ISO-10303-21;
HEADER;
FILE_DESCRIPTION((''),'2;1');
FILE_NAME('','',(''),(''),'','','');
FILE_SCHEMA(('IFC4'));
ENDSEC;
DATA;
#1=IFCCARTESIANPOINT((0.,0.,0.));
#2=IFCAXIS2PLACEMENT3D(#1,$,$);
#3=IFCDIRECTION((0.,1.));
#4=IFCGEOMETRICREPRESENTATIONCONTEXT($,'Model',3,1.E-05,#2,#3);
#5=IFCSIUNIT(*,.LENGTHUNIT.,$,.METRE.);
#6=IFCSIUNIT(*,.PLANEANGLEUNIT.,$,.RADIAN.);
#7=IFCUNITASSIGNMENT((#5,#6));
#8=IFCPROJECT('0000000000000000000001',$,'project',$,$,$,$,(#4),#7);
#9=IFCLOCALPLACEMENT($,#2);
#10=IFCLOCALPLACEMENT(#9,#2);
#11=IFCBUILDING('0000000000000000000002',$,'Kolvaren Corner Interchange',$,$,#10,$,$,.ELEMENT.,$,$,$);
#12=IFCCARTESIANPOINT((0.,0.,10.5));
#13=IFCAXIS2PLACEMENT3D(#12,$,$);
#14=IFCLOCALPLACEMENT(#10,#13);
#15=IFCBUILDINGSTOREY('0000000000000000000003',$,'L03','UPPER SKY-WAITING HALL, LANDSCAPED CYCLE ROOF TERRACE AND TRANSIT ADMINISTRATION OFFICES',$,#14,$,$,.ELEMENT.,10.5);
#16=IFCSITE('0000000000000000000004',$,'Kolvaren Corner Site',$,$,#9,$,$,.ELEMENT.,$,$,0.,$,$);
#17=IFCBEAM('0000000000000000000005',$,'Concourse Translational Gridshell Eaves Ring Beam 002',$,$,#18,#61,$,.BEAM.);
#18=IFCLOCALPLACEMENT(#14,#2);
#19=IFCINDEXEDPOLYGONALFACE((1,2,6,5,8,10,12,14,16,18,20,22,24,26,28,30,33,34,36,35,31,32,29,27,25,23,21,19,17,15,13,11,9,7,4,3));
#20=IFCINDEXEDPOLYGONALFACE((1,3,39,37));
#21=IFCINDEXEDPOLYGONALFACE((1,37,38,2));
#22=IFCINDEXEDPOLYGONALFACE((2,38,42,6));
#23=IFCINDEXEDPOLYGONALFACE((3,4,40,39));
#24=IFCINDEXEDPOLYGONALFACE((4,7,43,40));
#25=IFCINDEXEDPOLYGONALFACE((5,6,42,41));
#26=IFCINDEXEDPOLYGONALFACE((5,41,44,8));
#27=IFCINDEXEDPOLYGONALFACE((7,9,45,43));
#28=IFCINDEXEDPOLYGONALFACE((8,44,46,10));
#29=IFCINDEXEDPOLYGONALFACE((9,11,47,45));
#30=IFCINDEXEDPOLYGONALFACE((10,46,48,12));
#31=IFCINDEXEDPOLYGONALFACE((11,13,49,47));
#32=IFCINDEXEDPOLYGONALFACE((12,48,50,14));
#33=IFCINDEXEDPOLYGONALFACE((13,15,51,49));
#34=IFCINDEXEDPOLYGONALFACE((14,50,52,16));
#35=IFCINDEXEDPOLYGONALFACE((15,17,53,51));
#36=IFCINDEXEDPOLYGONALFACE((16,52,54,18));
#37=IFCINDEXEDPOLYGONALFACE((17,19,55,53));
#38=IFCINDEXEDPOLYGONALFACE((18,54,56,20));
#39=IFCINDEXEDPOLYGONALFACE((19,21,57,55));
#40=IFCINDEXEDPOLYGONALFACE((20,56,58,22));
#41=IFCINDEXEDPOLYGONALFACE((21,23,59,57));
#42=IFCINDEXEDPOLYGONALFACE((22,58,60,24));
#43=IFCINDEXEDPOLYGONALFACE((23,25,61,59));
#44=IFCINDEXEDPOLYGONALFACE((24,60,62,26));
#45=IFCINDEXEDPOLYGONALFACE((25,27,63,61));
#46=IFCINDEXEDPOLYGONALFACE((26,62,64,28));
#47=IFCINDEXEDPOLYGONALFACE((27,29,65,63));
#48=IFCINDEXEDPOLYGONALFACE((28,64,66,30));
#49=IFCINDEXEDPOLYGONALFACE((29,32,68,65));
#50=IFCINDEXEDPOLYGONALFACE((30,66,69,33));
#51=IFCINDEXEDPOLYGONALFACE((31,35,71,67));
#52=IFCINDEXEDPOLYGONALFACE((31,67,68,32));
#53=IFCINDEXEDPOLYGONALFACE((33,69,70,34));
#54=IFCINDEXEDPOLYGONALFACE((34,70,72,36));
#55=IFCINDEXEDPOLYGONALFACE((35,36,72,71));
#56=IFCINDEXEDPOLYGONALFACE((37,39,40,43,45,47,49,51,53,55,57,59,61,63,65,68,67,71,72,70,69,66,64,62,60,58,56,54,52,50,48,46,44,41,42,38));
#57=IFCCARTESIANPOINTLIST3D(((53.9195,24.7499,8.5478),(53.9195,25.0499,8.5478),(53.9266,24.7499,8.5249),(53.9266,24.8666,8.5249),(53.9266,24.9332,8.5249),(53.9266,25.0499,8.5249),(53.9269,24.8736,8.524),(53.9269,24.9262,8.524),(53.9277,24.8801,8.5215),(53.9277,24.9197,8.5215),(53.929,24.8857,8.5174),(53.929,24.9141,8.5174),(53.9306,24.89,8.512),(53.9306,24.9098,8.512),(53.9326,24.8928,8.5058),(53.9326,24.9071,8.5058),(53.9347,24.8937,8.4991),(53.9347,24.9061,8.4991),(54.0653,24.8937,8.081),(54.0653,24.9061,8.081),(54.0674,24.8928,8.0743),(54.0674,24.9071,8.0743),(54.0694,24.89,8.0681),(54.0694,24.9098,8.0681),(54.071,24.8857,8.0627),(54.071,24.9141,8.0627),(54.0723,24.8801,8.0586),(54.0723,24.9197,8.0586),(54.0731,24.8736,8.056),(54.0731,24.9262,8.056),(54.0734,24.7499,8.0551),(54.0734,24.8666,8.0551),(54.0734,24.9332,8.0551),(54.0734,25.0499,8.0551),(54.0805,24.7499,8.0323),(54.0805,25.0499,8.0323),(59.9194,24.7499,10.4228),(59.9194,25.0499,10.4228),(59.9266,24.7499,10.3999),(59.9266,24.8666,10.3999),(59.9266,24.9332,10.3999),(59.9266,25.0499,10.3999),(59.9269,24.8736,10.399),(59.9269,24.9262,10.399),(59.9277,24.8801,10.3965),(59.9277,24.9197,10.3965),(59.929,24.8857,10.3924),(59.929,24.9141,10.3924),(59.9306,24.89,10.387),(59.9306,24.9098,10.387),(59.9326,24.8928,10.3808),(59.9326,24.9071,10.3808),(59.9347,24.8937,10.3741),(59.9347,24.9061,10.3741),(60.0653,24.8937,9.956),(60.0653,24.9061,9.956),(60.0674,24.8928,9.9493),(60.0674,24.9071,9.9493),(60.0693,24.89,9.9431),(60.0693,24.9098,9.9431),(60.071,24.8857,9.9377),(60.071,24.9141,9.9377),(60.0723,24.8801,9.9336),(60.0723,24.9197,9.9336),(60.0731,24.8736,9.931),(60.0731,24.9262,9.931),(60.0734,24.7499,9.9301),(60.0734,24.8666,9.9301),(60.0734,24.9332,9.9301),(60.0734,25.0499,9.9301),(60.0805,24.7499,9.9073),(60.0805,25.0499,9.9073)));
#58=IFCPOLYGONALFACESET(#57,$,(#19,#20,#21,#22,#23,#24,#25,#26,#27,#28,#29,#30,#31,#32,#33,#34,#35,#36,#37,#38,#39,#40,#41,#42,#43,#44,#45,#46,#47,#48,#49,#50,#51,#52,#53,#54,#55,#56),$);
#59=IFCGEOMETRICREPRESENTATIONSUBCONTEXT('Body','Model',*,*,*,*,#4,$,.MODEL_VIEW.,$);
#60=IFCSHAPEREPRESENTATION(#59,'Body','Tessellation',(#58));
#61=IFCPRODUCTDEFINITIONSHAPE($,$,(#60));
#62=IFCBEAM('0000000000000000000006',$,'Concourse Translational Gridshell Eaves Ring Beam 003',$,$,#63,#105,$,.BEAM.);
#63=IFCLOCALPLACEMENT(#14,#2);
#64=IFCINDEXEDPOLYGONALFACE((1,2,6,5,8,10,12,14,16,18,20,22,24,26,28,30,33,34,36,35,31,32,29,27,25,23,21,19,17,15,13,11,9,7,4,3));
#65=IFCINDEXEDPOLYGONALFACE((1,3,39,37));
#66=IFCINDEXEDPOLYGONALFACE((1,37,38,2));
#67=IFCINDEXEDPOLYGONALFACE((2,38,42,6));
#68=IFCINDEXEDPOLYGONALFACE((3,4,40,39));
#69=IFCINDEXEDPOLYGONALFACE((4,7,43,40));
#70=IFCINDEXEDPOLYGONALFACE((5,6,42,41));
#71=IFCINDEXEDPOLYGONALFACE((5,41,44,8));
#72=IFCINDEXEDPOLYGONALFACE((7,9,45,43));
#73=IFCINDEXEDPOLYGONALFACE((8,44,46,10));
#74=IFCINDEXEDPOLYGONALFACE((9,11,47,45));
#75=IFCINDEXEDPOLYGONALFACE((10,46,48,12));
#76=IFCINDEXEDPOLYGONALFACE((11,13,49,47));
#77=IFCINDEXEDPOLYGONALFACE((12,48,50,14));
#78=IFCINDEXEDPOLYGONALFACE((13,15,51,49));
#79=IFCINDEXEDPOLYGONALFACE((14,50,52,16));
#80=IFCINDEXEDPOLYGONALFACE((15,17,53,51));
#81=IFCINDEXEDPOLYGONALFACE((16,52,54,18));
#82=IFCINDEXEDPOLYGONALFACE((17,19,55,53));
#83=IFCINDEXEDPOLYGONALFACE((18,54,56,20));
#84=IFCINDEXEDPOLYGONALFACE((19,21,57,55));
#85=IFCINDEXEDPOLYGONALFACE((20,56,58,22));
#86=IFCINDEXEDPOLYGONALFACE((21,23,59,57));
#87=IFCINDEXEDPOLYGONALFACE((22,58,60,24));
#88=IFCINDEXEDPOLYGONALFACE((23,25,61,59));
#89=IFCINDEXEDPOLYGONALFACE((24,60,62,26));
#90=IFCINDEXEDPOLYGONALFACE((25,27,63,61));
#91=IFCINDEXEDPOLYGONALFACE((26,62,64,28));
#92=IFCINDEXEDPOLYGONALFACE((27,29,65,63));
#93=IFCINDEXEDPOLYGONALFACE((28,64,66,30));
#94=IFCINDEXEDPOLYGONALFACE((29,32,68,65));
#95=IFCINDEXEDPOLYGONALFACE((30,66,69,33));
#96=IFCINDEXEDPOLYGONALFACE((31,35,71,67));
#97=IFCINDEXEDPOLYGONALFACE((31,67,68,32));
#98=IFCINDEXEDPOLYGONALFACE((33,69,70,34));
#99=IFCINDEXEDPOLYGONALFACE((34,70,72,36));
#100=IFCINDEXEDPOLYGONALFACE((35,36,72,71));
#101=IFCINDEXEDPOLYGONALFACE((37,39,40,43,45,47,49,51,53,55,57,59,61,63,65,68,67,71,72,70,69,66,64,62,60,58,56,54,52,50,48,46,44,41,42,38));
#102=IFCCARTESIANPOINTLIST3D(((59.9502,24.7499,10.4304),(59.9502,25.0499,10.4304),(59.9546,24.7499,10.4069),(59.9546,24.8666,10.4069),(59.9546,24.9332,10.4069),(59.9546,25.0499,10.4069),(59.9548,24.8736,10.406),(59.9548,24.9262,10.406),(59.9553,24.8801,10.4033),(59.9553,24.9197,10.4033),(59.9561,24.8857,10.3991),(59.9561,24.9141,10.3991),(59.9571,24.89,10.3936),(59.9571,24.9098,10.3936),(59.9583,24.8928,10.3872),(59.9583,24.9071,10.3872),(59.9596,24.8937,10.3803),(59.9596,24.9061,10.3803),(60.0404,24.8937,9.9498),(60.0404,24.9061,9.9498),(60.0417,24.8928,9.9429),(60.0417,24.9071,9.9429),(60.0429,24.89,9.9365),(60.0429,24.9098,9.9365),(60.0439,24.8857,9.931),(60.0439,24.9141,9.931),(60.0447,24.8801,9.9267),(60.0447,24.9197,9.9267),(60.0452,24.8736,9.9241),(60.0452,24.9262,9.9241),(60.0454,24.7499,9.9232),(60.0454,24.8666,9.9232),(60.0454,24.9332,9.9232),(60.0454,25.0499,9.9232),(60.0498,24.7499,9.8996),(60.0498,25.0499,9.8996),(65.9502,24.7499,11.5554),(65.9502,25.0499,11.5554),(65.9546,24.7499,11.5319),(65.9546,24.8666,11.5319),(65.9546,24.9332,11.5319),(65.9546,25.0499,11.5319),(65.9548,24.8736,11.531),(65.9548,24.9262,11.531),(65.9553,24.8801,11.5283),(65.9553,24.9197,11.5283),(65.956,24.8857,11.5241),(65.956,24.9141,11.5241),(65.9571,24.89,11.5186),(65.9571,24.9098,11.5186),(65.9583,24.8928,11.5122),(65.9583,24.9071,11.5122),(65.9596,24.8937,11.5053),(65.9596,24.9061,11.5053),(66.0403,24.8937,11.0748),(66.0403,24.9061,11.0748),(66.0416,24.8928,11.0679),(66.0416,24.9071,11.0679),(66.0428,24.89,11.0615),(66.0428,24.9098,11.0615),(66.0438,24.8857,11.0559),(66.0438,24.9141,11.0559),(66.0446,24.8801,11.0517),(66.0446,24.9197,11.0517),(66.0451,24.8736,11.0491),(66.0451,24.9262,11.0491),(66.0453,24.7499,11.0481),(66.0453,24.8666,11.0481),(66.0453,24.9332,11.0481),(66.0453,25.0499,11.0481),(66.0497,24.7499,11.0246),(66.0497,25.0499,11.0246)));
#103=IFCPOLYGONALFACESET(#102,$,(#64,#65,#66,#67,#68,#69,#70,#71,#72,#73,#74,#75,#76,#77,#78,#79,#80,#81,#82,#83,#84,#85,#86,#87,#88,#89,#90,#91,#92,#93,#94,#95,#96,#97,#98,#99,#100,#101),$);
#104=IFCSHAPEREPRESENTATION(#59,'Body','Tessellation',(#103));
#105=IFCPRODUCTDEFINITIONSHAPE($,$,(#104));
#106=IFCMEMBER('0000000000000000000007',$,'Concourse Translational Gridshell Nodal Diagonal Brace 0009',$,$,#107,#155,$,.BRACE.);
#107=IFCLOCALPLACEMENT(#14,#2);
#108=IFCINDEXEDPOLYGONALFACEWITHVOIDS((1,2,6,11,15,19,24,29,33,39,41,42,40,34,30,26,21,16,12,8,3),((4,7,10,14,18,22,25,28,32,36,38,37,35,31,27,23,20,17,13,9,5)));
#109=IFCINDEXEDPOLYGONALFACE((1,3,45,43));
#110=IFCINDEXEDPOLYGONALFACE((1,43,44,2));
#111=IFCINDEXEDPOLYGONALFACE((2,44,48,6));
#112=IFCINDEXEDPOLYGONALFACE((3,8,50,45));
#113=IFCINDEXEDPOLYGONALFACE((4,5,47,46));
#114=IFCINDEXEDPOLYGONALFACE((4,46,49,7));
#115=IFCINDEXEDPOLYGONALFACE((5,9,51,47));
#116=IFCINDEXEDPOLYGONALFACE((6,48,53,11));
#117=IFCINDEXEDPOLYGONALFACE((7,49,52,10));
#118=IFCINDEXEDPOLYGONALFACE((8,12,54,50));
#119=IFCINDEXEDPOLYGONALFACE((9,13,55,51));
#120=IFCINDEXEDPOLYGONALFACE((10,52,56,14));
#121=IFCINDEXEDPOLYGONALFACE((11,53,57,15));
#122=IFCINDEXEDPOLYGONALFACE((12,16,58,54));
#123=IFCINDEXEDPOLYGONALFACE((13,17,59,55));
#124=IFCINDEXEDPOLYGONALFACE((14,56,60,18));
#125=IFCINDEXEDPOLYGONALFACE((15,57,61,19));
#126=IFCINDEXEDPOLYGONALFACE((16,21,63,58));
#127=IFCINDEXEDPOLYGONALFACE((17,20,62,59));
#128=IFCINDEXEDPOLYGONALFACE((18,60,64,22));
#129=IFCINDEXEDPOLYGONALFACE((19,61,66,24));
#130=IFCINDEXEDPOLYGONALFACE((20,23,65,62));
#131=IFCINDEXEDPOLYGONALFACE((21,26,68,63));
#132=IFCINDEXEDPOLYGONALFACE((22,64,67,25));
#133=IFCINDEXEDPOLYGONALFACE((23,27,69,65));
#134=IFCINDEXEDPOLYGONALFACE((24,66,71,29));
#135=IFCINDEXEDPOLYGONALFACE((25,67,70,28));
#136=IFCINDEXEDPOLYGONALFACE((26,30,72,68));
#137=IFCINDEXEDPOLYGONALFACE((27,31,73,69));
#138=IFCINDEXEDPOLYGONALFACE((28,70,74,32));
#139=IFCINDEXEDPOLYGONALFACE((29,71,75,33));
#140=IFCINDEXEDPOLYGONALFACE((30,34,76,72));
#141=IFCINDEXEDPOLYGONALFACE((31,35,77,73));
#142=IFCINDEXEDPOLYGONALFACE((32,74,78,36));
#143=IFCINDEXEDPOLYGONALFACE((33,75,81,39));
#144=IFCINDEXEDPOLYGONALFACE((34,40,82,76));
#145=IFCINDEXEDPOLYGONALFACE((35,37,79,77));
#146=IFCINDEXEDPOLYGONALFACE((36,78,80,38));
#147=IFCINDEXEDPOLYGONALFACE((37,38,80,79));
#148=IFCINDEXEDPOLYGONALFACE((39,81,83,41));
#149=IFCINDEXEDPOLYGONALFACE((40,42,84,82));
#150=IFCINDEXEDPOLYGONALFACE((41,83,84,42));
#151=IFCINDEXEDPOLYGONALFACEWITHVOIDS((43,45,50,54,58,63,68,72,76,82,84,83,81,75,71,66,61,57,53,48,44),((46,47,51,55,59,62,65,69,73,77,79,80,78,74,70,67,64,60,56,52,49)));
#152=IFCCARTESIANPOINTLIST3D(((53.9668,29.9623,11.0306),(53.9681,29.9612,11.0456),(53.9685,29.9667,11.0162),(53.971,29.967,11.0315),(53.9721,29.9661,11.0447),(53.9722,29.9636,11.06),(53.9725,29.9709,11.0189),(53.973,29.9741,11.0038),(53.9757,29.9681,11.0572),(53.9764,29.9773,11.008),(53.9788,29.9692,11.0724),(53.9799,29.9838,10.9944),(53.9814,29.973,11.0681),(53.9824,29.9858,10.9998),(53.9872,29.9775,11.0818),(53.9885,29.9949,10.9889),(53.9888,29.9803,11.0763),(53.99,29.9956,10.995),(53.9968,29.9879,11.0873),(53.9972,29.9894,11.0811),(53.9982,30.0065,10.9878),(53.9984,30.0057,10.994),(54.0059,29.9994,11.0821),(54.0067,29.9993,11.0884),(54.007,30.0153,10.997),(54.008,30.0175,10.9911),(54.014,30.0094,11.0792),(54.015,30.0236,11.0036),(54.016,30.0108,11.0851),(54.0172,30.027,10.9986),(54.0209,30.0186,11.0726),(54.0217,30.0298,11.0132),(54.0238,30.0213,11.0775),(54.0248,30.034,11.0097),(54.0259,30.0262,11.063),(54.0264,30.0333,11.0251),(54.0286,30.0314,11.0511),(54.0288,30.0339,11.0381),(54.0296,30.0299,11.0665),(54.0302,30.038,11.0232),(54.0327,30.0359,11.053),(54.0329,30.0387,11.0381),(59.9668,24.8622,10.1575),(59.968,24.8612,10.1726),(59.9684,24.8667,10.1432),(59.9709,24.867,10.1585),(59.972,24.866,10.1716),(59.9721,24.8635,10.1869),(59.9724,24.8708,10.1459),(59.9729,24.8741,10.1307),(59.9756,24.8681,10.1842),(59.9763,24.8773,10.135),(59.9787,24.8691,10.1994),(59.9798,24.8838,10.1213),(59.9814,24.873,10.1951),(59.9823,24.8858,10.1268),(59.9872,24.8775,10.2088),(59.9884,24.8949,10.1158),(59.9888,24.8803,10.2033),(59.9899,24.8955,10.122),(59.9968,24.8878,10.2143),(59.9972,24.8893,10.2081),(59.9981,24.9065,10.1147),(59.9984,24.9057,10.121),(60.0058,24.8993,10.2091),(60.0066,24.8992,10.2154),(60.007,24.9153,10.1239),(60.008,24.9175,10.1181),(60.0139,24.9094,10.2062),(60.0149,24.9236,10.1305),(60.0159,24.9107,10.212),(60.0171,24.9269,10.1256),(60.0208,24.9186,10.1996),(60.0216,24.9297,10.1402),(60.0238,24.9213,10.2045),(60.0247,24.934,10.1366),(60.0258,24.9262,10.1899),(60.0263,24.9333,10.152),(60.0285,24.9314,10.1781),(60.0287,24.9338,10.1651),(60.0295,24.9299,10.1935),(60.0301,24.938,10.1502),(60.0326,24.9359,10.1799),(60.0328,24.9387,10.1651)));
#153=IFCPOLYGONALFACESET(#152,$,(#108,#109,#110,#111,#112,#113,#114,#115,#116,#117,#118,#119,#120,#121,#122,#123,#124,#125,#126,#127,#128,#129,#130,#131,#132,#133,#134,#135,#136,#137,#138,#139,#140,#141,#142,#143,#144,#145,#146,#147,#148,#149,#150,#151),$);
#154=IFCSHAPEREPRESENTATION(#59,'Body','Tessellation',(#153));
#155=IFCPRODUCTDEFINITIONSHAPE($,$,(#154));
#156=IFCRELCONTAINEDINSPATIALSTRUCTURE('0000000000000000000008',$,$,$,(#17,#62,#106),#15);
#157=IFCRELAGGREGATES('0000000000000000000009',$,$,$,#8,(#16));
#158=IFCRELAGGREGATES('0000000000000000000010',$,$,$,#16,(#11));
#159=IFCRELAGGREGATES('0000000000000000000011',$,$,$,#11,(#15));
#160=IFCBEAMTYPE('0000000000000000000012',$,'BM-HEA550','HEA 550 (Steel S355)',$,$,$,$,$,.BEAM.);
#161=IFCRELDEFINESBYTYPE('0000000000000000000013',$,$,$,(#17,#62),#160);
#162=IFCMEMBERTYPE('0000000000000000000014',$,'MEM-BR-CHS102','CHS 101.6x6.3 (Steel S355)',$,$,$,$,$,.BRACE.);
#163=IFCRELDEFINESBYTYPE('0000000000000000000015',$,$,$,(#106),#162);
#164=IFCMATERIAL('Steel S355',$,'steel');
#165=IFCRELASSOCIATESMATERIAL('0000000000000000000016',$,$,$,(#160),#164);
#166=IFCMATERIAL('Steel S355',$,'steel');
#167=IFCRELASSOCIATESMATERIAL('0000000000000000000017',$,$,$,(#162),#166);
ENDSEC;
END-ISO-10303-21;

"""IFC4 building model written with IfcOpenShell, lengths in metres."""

from ifc_helpers import new_model, si_unit, direction, frame, origin, origin_2d, place, context, subcontext, project, spatial, hollow_circle, i_section, extrude, material, material_profile, profile_set, type_object, element, save


model = new_model("IFC4")

# Units and contexts
model_context = context("Model", 3, precision=1e-05, world=origin(), true_north=direction((0.0, 1.0)))
body_context = subcontext(model_context, "Body", "Model", "MODEL_VIEW")
ifc_project = project(units=[si_unit("LENGTHUNIT", "METRE"), si_unit("PLANEANGLEUNIT", "RADIAN")], contexts=[model_context])

# Site, building, storey
site_placement = place(None, origin())
site = spatial("IfcSite", under=ifc_project, at=site_placement, Name="Kolvaren Corner Site", CompositionType="ELEMENT", RefElevation=0.0)
building_placement = place(site_placement, origin())
building = spatial("IfcBuilding", under=site, at=building_placement, Name="Kolvaren Corner Interchange", CompositionType="ELEMENT")
storey_placement = place(building_placement, frame((0.0, 0.0, 10.5)))
storey = spatial("IfcBuildingStorey", under=building, at=storey_placement, Name="L03", Description="UPPER SKY-WAITING HALL, LANDSCAPED CYCLE ROOF TERRACE AND TRANSIT ADMINISTRATION OFFICES", CompositionType="ELEMENT", Elevation=10.5)

# Beams
ifc_material_1 = material(Name="Steel S355", Category="steel")
ifc_material_profile_1 = material_profile(ifc_material_1, i_section(OverallWidth=0.3, OverallDepth=0.54, WebThickness=0.0125, FlangeThickness=0.0239, FilletRadius=0.0271, at=origin_2d()), Name="HEA 550")
ifc_profile_set_1 = profile_set([ifc_material_profile_1], Name="Steel S355")
beam_type = type_object("IfcBeamType", Name="BM-HEA550", Description="HEA 550 (Steel S355)", PredefinedType="BEAM", material=ifc_profile_set_1)
beam_1_placement = place(storey_placement, frame((54.0, 24.8999, 8.29), z_axis=(0.95448, 0.0, 0.298275), x_axis=(0.0, 1.0, 0.0)))
element("IfcBeam", 1, at=beam_1_placement, inside=storey, type_object=beam_type, Name="Concourse Translational Gridshell Eaves Ring Beam 002", PredefinedType="BEAM", context=body_context, shape_type="SweptSolid", body=[
    extrude(i_section(OverallWidth=0.3, OverallDepth=0.54, WebThickness=0.0125, FlangeThickness=0.0239, FilletRadius=0.0271, at=origin_2d()), origin(), (0.0, 0.0, 1.0), 6.2861),
])
beam_2_placement = place(storey_placement, frame((60.0, 24.8999, 10.165), z_axis=(0.982872, 0.0, 0.184289), x_axis=(0.0, 1.0, 0.0)))
element("IfcBeam", 2, at=beam_2_placement, inside=storey, type_object=beam_type, Name="Concourse Translational Gridshell Eaves Ring Beam 003", PredefinedType="BEAM", context=body_context, shape_type="SweptSolid", body=[
    extrude(i_section(OverallWidth=0.3, OverallDepth=0.54, WebThickness=0.0125, FlangeThickness=0.0239, FilletRadius=0.0271, at=origin_2d()), origin(), (0.0, 0.0, 1.0), 6.1045),
])

# Member
ifc_material_2 = material(Name="Steel S355", Category="steel")
ifc_material_profile_2 = material_profile(ifc_material_2, hollow_circle(Radius=0.0508, WallThickness=0.0063, at=origin_2d()), Name="CHS 101.6x6.3")
ifc_profile_set_2 = profile_set([ifc_material_profile_2], Name="Steel S355")
member_type_1 = type_object("IfcMemberType", Name="MEM-BR-CHS102", Description="CHS 101.6x6.3 (Steel S355)", PredefinedType="BRACE", material=ifc_profile_set_2)
member_1_placement = place(storey_placement, frame((54.0, 30.0, 11.0381), z_axis=(0.757293, -0.643712, -0.110192), x_axis=(0.647656, 0.761933, 0.0)))
element("IfcMember", 3, at=member_1_placement, inside=storey, type_object=member_type_1, Name="Concourse Translational Gridshell Nodal Diagonal Brace 0009", PredefinedType="BRACE", context=body_context, shape_type="SweptSolid", body=[
    extrude(hollow_circle(Radius=0.0508, WallThickness=0.0063, at=origin_2d()), origin(), (0.0, 0.0, 1.0), 7.9229),
])

save(model, "model.ifc")
